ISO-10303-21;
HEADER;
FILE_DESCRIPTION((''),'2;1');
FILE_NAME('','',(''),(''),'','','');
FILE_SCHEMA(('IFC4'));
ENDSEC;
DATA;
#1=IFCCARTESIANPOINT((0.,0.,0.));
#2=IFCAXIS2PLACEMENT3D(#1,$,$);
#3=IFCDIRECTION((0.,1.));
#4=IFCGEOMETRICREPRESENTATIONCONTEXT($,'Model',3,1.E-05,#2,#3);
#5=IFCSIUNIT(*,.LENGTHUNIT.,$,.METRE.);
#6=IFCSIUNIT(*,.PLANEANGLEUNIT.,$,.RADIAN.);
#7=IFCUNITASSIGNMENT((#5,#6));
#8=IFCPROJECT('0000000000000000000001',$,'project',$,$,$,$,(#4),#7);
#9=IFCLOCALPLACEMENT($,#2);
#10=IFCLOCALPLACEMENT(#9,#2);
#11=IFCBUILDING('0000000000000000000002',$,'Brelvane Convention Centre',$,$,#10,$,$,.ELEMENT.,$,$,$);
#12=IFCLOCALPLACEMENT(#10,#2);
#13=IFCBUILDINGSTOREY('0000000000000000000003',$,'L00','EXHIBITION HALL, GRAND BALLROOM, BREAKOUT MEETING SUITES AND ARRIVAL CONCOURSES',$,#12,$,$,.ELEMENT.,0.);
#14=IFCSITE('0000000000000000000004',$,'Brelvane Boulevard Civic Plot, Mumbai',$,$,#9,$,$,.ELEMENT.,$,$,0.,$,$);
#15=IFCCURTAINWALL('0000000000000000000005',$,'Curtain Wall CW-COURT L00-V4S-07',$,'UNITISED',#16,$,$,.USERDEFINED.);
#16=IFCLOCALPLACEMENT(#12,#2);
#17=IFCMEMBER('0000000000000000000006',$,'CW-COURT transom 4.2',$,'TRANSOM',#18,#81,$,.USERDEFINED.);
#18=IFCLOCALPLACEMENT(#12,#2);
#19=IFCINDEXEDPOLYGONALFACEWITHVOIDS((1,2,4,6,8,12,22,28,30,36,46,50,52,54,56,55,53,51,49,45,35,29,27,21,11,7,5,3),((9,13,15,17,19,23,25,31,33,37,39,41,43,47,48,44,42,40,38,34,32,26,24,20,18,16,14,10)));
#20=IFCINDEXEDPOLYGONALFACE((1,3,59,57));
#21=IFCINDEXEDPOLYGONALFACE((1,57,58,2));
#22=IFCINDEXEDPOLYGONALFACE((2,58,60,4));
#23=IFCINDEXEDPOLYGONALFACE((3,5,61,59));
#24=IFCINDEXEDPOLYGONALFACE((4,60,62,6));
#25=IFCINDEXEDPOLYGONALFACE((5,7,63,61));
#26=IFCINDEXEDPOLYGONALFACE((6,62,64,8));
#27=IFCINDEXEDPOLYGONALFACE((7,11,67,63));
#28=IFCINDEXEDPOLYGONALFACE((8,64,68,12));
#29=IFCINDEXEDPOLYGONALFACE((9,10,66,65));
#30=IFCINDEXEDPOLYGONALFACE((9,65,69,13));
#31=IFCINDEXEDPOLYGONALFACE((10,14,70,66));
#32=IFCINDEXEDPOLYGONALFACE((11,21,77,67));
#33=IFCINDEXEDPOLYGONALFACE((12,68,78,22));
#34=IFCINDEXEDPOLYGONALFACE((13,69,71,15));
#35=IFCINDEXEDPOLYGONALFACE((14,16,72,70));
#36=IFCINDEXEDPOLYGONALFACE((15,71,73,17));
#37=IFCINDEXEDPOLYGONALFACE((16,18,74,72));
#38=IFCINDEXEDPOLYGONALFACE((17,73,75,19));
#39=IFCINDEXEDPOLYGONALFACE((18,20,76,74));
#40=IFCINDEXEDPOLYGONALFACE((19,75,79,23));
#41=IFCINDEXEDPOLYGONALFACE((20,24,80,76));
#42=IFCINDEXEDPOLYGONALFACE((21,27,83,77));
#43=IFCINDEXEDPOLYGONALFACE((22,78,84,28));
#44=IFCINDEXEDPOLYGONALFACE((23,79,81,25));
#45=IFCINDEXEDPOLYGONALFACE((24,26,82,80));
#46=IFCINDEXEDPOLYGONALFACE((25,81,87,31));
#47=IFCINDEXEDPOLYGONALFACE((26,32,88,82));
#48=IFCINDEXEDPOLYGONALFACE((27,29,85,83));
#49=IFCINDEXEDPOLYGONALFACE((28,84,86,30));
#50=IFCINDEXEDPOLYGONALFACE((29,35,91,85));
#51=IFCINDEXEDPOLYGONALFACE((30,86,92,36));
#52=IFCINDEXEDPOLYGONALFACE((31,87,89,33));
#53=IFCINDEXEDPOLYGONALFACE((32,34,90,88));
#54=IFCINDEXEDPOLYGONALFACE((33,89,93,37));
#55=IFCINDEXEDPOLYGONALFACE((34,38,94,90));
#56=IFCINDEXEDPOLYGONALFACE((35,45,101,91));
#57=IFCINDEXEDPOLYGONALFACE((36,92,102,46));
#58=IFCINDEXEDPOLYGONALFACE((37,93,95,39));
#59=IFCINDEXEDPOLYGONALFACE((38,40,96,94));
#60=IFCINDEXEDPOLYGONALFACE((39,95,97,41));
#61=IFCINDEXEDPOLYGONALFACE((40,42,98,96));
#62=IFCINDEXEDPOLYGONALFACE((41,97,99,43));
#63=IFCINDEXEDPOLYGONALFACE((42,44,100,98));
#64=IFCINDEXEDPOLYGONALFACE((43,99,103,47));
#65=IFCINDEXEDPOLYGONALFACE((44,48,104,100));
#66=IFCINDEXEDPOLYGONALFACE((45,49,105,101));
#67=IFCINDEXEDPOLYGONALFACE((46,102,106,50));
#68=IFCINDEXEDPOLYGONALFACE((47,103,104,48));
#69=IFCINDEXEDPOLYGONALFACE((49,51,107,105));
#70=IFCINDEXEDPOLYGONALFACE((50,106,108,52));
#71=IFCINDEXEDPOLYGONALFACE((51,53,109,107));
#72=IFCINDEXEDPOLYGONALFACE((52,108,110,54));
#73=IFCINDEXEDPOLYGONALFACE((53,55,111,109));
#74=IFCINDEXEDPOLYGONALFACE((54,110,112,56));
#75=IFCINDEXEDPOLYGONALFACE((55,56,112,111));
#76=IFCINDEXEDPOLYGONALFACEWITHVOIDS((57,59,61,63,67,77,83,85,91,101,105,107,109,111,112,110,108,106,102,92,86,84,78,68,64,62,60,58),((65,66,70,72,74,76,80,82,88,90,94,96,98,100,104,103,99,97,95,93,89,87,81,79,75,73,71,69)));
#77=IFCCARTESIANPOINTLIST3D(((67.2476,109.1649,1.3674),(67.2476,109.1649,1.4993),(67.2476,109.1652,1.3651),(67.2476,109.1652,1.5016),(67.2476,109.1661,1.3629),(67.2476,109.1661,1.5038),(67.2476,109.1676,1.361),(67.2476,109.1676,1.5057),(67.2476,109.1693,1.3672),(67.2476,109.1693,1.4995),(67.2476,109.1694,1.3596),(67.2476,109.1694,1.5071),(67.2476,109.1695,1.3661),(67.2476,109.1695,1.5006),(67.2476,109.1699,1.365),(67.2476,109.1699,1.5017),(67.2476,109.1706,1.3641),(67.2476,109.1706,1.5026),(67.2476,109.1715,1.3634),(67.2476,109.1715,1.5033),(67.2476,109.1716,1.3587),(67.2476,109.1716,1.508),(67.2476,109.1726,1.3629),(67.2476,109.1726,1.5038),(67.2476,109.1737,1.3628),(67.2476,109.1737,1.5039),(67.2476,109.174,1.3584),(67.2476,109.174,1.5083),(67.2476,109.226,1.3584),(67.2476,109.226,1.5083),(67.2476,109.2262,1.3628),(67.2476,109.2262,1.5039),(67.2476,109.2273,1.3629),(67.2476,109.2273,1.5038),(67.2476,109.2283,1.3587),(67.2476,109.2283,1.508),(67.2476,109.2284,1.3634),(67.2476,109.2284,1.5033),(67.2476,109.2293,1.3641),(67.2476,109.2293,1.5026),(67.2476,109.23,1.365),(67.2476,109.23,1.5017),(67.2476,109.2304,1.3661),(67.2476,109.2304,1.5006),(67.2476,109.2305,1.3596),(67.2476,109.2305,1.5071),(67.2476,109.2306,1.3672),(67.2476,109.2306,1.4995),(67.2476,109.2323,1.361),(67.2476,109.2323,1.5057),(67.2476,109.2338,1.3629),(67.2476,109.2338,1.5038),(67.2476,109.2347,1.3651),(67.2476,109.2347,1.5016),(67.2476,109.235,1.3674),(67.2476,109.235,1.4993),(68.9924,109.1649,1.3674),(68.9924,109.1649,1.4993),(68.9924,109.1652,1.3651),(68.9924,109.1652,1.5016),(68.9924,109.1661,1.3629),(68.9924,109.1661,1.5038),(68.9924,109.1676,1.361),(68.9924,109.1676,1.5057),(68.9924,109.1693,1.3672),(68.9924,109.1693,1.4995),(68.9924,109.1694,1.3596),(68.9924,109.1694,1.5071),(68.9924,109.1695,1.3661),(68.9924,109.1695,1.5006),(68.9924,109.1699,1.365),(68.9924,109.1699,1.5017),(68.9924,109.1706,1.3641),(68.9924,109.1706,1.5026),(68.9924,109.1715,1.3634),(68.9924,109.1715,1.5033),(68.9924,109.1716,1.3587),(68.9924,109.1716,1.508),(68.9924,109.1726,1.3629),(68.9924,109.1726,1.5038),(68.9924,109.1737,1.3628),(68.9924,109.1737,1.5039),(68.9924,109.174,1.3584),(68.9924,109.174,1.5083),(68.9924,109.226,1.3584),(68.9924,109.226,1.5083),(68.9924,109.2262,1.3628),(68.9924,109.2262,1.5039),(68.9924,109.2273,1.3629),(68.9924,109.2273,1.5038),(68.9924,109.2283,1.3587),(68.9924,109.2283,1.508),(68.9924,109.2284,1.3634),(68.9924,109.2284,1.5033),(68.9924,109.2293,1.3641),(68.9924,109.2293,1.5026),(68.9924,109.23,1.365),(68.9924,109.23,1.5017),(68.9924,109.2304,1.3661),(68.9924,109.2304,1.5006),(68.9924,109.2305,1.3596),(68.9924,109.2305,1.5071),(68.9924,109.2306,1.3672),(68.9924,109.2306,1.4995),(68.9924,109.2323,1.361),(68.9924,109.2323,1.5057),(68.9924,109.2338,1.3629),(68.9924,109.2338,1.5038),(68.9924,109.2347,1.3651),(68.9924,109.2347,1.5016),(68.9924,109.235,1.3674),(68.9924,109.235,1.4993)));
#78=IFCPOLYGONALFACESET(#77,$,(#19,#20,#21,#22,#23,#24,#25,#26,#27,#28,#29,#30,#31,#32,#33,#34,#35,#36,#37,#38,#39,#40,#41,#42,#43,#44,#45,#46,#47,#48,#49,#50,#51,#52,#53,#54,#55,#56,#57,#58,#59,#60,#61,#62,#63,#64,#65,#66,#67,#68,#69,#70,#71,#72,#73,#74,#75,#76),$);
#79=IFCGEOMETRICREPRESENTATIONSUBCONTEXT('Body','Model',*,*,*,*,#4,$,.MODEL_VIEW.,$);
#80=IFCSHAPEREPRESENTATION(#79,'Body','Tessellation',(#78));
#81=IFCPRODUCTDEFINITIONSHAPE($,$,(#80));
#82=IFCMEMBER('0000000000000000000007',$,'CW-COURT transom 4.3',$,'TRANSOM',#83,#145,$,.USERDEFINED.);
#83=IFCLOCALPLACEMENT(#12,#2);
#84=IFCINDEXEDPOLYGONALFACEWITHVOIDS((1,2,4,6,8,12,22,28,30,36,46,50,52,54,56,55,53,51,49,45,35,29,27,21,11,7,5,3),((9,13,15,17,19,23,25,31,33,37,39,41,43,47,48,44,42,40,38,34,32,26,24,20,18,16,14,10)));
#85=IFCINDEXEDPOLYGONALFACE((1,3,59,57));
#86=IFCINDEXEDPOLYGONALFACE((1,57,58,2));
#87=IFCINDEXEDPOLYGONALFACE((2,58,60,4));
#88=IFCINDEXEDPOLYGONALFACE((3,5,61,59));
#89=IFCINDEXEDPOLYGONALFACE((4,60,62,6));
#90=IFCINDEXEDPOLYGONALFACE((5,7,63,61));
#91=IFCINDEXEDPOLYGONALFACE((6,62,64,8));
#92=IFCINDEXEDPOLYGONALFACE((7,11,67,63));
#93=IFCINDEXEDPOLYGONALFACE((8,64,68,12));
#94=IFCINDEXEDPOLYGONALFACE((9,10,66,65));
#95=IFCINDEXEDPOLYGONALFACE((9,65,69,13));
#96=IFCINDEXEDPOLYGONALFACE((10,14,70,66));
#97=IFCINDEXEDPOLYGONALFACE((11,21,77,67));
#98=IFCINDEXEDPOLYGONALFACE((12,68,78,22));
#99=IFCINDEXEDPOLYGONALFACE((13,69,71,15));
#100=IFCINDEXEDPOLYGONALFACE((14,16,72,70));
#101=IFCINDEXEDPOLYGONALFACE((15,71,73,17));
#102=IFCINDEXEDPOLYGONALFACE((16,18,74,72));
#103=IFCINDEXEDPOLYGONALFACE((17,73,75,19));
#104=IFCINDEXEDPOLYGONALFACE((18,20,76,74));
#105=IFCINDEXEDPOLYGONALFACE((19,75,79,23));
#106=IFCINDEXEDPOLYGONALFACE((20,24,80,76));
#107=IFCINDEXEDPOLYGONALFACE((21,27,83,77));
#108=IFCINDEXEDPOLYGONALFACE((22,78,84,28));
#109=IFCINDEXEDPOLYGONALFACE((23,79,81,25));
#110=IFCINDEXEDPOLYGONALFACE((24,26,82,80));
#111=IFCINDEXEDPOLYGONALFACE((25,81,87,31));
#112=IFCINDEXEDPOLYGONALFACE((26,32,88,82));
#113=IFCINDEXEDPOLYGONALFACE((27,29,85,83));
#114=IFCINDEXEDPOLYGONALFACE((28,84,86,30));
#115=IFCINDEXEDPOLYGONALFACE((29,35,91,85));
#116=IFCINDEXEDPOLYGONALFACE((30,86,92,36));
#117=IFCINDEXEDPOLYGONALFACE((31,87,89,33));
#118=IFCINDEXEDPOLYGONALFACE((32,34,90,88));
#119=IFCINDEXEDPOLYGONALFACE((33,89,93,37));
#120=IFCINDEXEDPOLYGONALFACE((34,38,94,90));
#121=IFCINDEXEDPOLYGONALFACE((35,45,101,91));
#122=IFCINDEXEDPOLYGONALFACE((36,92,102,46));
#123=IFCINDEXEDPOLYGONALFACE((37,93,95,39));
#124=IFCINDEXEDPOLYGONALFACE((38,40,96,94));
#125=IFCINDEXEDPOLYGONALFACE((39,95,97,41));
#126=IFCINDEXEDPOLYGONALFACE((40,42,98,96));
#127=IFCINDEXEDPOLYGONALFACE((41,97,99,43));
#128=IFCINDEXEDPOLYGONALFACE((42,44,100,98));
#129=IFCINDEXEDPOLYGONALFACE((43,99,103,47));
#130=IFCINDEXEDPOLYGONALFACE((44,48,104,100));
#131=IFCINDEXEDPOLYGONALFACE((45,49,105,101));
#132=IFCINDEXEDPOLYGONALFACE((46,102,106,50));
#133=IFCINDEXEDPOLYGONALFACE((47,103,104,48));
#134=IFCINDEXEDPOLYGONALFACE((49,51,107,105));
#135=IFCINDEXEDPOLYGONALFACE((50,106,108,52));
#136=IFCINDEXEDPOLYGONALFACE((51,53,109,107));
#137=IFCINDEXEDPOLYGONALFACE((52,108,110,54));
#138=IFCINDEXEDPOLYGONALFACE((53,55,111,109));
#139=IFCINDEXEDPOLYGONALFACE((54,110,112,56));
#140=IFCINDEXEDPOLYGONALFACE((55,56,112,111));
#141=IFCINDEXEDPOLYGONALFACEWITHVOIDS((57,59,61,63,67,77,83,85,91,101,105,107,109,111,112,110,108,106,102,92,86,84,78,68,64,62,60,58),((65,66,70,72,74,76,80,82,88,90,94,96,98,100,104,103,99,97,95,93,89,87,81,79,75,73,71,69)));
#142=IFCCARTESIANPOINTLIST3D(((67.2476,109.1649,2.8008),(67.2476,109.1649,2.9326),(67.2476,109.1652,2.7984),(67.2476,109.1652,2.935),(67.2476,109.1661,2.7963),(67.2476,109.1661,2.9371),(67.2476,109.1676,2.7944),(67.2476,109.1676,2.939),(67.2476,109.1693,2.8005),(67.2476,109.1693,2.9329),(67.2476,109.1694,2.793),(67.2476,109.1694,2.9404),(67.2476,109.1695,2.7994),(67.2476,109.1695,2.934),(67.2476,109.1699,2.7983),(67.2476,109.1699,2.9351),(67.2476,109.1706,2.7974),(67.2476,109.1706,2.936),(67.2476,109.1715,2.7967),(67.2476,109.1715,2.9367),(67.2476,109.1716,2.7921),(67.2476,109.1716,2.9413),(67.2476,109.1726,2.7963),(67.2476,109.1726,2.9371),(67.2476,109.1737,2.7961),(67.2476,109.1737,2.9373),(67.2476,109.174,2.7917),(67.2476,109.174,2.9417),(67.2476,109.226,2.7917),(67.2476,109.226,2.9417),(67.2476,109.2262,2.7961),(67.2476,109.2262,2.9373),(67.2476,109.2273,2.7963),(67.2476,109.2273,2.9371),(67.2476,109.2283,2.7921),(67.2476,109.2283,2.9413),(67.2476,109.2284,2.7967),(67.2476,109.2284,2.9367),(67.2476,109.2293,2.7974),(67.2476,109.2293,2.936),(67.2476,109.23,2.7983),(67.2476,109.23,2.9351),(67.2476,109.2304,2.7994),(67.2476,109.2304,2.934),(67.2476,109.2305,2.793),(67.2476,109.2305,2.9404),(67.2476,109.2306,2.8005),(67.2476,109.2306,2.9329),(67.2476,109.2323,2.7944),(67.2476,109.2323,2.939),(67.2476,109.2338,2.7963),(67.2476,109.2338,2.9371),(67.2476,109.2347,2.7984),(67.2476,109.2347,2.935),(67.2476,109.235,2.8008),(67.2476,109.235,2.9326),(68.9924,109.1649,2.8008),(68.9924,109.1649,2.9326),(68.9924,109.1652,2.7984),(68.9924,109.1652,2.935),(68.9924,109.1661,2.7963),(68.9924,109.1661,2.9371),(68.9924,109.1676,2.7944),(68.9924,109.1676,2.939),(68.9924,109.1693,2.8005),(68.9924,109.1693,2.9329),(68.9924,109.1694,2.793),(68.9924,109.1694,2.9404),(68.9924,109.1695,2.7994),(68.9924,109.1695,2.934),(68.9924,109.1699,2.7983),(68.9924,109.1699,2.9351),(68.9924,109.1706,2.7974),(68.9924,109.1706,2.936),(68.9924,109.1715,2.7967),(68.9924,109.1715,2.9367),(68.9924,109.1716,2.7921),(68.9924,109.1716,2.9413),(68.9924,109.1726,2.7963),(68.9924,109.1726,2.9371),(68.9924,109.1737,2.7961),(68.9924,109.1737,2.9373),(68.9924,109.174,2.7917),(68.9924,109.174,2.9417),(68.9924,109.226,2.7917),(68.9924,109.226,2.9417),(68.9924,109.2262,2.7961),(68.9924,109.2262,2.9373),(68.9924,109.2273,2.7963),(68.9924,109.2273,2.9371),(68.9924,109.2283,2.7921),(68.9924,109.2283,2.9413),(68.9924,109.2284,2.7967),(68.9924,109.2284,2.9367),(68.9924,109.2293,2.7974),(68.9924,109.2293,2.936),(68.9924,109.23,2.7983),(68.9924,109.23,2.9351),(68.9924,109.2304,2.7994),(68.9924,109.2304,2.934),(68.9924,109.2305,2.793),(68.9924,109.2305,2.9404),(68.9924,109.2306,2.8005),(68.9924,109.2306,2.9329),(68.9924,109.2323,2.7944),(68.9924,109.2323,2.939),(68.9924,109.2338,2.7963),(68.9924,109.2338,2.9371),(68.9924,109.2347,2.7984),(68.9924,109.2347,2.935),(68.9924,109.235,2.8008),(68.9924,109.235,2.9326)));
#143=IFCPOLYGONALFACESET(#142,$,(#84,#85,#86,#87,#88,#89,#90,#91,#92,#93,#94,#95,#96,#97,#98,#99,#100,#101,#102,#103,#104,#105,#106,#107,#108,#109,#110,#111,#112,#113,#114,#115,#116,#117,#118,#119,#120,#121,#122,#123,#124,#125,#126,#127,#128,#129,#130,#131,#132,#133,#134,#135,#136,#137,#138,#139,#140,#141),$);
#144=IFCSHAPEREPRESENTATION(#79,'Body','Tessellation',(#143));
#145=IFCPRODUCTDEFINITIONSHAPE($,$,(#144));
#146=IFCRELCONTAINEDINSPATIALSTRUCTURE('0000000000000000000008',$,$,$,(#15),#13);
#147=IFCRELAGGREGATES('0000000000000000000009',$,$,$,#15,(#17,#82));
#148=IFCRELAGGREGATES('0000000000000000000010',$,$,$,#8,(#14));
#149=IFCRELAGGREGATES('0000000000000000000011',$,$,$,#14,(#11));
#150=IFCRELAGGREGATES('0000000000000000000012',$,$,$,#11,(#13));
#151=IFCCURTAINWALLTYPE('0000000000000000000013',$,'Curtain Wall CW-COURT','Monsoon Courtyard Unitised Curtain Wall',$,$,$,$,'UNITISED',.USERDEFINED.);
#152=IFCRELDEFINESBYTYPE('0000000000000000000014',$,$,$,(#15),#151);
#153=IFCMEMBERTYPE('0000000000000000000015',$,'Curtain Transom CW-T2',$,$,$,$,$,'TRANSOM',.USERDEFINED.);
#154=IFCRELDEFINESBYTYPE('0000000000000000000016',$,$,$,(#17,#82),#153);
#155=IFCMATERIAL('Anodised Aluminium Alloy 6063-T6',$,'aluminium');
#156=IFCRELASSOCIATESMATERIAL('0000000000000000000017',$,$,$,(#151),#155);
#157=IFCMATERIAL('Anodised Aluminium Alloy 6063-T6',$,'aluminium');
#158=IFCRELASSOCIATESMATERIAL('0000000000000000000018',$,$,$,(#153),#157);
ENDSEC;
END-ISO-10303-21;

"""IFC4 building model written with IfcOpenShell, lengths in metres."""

from ifc_helpers import new_model, si_unit, direction, frame, origin, origin_2d, place, context, subcontext, project, spatial, hollow_rectangle, extrude, material, material_profile, profile_set, type_object, element, aggregate, save


model = new_model("IFC4")

# Units and contexts
model_context = context("Model", 3, precision=1e-05, world=origin(), true_north=direction((0.0, 1.0)))
body_context = subcontext(model_context, "Body", "Model", "MODEL_VIEW")
ifc_project = project(units=[si_unit("LENGTHUNIT", "METRE"), si_unit("PLANEANGLEUNIT", "RADIAN")], contexts=[model_context])

# Site, building, storey
site_placement = place(None, origin())
site = spatial("IfcSite", under=ifc_project, at=site_placement, Name="Brelvane Boulevard Civic Plot, Mumbai", CompositionType="ELEMENT", RefElevation=0.0)
building_placement = place(site_placement, origin())
building = spatial("IfcBuilding", under=site, at=building_placement, Name="Brelvane Convention Centre", CompositionType="ELEMENT")
storey_placement = place(building_placement, origin())
storey = spatial("IfcBuildingStorey", under=building, at=storey_placement, Name="L00", Description="EXHIBITION HALL, GRAND BALLROOM, BREAKOUT MEETING SUITES AND ARRIVAL CONCOURSES", CompositionType="ELEMENT", Elevation=0.0)

# Curtain wall, members
ifc_material_1 = material(Name="Anodised Aluminium Alloy 6063-T6", Category="aluminium")
curtain_wall_type = type_object("IfcCurtainWallType", Name="Curtain Wall CW-COURT", Description="Monsoon Courtyard Unitised Curtain Wall", ElementType="UNITISED", PredefinedType="USERDEFINED", material=ifc_material_1)
curtain_wall_placement = place(storey_placement, origin())
curtain_wall = element("IfcCurtainWall", 1, at=curtain_wall_placement, inside=storey, type_object=curtain_wall_type, Name="Curtain Wall CW-COURT L00-V4S-07", ObjectType="UNITISED", PredefinedType="USERDEFINED")
ifc_material_2 = material(Name="Anodised Aluminium Alloy 6063-T6", Category="aluminium")
ifc_material_profile_1 = material_profile(ifc_material_2, hollow_rectangle(XDim=0.0701, YDim=0.1499, WallThickness=0.0044, InnerFilletRadius=0.0044, OuterFilletRadius=0.009, at=origin_2d()), Name="ALU-T 150x70x4.5")
ifc_profile_set_1 = profile_set([ifc_material_profile_1], Name="Anodised Aluminium Alloy 6063-T6")
member_type_1 = type_object("IfcMemberType", Name="Curtain Transom CW-T2", ElementType="TRANSOM", PredefinedType="USERDEFINED", material=ifc_profile_set_1)
member_1_placement = place(storey_placement, frame((67.2476, 109.2, 1.4333), z_axis=(1.0, 0.0, 0.0), x_axis=(0.0, 1.0, 0.0)))
member_1 = element("IfcMember", 2, at=member_1_placement, type_object=member_type_1, Name="CW-COURT transom 4.2", ObjectType="TRANSOM", PredefinedType="USERDEFINED", context=body_context, shape_type="SweptSolid", body=[
    extrude(hollow_rectangle(XDim=0.0701, YDim=0.1499, WallThickness=0.0044, InnerFilletRadius=0.0044, OuterFilletRadius=0.009, at=origin_2d()), origin(), (0.0, 0.0, 1.0), 1.7449),
])
member_2_placement = place(storey_placement, frame((67.2476, 109.2, 2.8667), z_axis=(1.0, 0.0, 0.0), x_axis=(0.0, 1.0, 0.0)))
member_2 = element("IfcMember", 3, at=member_2_placement, type_object=member_type_1, Name="CW-COURT transom 4.3", ObjectType="TRANSOM", PredefinedType="USERDEFINED", context=body_context, shape_type="SweptSolid", body=[
    extrude(hollow_rectangle(XDim=0.0701, YDim=0.1499, WallThickness=0.0044, InnerFilletRadius=0.0044, OuterFilletRadius=0.009, at=origin_2d()), origin(), (0.0, 0.0, 1.0), 1.7449),
])
aggregate(curtain_wall, [member_1, member_2])

save(model, "model.ifc")
